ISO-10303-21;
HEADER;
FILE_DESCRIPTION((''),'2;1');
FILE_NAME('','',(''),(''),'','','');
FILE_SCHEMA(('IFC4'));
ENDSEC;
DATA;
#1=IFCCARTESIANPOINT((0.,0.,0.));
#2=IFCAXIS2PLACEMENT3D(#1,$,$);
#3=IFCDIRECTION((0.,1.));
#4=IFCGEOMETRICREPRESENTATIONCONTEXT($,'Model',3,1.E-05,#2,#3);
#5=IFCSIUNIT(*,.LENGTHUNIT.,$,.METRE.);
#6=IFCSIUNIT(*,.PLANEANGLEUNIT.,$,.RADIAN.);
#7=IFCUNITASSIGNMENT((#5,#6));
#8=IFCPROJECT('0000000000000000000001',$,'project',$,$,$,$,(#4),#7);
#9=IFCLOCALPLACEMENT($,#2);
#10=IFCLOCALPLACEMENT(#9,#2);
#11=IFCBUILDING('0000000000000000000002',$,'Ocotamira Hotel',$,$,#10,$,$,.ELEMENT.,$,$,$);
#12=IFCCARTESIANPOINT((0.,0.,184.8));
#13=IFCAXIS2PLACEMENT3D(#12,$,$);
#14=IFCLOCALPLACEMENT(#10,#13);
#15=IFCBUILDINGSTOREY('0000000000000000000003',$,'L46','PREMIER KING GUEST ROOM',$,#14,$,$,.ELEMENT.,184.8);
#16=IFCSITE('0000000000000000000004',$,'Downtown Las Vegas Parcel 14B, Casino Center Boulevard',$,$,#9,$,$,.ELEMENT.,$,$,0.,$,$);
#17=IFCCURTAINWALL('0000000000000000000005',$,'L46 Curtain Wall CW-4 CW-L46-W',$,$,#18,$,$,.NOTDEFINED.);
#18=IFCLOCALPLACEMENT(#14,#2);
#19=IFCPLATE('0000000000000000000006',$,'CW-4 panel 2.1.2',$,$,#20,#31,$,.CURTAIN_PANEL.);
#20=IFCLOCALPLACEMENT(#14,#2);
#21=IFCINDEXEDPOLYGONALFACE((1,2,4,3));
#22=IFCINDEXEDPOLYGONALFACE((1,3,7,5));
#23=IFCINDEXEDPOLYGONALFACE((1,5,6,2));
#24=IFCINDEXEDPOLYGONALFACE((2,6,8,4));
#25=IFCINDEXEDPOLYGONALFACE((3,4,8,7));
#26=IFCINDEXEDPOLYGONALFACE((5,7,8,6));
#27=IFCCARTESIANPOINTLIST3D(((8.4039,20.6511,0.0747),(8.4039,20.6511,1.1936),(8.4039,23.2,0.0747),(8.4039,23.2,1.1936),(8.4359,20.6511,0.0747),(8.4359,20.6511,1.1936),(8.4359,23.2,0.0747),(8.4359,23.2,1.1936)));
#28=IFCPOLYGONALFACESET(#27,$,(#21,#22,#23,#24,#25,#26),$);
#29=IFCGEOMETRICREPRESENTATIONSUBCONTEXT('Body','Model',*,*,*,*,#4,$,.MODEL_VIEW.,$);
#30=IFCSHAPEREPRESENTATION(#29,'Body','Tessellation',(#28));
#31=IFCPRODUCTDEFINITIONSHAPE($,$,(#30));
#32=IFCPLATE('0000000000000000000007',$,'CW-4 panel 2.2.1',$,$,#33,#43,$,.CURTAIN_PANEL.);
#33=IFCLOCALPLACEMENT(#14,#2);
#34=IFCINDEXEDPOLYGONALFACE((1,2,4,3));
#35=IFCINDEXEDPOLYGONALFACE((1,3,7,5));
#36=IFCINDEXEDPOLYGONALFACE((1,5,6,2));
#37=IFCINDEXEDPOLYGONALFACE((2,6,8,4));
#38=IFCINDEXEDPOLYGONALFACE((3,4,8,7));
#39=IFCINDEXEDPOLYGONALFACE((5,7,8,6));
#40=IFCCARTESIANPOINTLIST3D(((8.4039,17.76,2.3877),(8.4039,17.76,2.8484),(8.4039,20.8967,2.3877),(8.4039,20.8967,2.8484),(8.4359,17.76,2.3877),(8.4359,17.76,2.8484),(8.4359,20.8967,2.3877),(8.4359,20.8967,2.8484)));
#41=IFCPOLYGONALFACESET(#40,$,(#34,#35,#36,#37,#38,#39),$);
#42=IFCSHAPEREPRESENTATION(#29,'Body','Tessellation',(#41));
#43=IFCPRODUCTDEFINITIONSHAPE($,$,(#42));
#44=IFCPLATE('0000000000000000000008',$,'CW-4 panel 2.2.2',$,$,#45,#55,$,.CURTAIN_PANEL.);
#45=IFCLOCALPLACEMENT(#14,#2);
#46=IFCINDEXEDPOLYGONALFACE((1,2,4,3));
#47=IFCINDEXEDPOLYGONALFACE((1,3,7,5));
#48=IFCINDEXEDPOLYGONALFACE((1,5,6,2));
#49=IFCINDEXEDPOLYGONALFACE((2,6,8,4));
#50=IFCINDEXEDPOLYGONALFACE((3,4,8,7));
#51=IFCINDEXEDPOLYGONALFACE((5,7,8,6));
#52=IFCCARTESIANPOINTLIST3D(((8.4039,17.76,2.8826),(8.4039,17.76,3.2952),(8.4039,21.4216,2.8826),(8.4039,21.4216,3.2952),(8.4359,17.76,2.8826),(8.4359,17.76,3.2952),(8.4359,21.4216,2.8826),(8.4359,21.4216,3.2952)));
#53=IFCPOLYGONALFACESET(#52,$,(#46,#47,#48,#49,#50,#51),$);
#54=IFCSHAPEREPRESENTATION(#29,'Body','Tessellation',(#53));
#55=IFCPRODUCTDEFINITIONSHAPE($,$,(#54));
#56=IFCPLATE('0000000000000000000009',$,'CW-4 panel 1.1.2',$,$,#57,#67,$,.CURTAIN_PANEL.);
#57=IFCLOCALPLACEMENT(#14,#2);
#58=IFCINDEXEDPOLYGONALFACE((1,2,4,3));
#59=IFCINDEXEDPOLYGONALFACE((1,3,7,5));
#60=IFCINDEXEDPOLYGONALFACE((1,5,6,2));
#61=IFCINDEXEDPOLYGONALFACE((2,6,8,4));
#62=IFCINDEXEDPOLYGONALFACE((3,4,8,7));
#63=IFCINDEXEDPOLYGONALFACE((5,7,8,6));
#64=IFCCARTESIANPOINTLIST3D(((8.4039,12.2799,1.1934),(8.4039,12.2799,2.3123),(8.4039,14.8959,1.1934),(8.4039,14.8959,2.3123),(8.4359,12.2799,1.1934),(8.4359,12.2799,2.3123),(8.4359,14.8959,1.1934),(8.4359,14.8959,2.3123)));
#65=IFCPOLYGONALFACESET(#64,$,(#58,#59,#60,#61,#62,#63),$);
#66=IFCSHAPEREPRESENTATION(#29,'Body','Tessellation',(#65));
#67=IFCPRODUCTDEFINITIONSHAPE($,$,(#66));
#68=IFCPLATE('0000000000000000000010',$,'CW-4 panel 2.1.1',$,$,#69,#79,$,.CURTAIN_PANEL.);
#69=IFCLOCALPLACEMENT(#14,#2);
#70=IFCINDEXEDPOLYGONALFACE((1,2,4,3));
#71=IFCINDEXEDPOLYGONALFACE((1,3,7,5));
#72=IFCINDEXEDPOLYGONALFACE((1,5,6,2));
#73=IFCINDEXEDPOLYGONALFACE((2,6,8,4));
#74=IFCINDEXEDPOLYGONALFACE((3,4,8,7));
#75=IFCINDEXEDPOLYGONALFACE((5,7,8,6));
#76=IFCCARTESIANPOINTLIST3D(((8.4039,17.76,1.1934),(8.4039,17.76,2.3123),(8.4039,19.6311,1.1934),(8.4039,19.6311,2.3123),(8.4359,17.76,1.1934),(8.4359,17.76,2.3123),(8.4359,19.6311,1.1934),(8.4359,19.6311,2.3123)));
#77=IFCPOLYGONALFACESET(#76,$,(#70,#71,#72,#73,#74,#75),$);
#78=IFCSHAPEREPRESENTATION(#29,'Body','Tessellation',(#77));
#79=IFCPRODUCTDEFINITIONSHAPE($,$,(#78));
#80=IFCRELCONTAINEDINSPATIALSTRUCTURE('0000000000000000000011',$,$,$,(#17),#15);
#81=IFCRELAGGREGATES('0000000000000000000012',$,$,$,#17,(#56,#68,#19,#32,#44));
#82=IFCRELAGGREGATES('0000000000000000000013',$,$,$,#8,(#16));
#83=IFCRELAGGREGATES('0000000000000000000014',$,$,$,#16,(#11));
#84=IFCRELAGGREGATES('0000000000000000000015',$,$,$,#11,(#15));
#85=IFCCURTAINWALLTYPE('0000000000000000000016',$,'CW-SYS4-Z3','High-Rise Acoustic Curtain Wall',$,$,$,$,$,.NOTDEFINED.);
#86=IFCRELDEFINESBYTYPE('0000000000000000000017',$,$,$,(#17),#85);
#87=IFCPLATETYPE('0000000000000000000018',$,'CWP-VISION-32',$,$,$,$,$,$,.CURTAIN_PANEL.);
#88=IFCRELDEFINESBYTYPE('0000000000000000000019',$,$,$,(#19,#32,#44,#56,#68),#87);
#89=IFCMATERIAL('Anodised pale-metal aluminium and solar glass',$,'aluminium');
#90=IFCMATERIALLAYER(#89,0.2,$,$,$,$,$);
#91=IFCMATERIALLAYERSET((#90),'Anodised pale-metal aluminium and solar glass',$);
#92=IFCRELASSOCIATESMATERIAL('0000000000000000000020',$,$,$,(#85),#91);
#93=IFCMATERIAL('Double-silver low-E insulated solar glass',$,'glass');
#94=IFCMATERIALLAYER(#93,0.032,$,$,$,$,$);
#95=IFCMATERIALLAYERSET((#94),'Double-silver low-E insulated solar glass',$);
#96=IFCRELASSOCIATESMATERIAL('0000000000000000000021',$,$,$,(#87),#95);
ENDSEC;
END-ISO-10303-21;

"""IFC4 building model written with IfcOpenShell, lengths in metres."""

from ifc_helpers import new_model, si_unit, direction, frame, origin, origin_2d, place, context, subcontext, project, spatial, rectangle, extrude, source, transform, mapped, material, layer, layer_set, type_object, element, aggregate, save


model = new_model("IFC4")

# Units and contexts
model_context = context("Model", 3, precision=1e-05, world=origin(), true_north=direction((0.0, 1.0)))
body_context = subcontext(model_context, "Body", "Model", "MODEL_VIEW")
ifc_project = project(units=[si_unit("LENGTHUNIT", "METRE"), si_unit("PLANEANGLEUNIT", "RADIAN")], contexts=[model_context])

# Site, building, storey
site_placement = place(None, origin())
site = spatial("IfcSite", under=ifc_project, at=site_placement, Name="Downtown Las Vegas Parcel 14B, Casino Center Boulevard", CompositionType="ELEMENT", RefElevation=0.0)
building_placement = place(site_placement, origin())
building = spatial("IfcBuilding", under=site, at=building_placement, Name="Ocotamira Hotel", CompositionType="ELEMENT")
storey_placement = place(building_placement, frame((0.0, 0.0, 184.8)))
storey = spatial("IfcBuildingStorey", under=building, at=storey_placement, Name="L46", Description="PREMIER KING GUEST ROOM", CompositionType="ELEMENT", Elevation=184.8)

# Curtain wall
ifc_material_1 = material(Name="Anodised pale-metal aluminium and solar glass", Category="aluminium")
ifc_layer_1 = layer(ifc_material_1, 0.2)
ifc_layer_set_1 = layer_set([ifc_layer_1], Name="Anodised pale-metal aluminium and solar glass")
curtain_wall_type = type_object("IfcCurtainWallType", Name="CW-SYS4-Z3", Description="High-Rise Acoustic Curtain Wall", PredefinedType="NOTDEFINED", material=ifc_layer_set_1)
curtain_wall_placement = place(storey_placement, origin())
curtain_wall = element("IfcCurtainWall", 1, at=curtain_wall_placement, inside=storey, type_object=curtain_wall_type, Name="L46 Curtain Wall CW-4 CW-L46-W", PredefinedType="NOTDEFINED")

# Plates
ifc_material_2 = material(Name="Double-silver low-E insulated solar glass", Category="glass")
ifc_layer_2 = layer(ifc_material_2, 0.032)
ifc_layer_set_2 = layer_set([ifc_layer_2], Name="Double-silver low-E insulated solar glass")
plate_type_1 = type_object("IfcPlateType", Name="CWP-VISION-32", PredefinedType="CURTAIN_PANEL", material=ifc_layer_set_2)
shared_shape_1 = source(origin(), body_context, "Body", "SweptSolid", [
    extrude(rectangle(XDim=2.5488, YDim=0.032, at=origin_2d()), origin(), (0.0, 0.0, 1.0), 1.1189),
])
plate_1_placement = place(storey_placement, frame((8.4199, 21.9255, 0.0747), z_axis=(0.0, 0.0, 1.0), x_axis=(0.0, 1.0, 0.0)))
plate_1 = element("IfcPlate", 2, at=plate_1_placement, type_object=plate_type_1, Name="CW-4 panel 2.1.2", PredefinedType="CURTAIN_PANEL", context=body_context, shape_type="MappedRepresentation", body=[
    mapped(shared_shape_1, transform((0.0, 0.0, 0.0), scale=1.0)),
])
shared_shape_2 = source(origin(), body_context, "Body", "SweptSolid", [
    extrude(rectangle(XDim=3.1367, YDim=0.032, at=origin_2d()), origin(), (0.0, 0.0, 1.0), 0.4607),
])
plate_2_placement = place(storey_placement, frame((8.4199, 19.3284, 2.3877), z_axis=(0.0, 0.0, 1.0), x_axis=(0.0, 1.0, 0.0)))
plate_2 = element("IfcPlate", 3, at=plate_2_placement, type_object=plate_type_1, Name="CW-4 panel 2.2.1", PredefinedType="CURTAIN_PANEL", context=body_context, shape_type="MappedRepresentation", body=[
    mapped(shared_shape_2, transform((0.0, 0.0, 0.0), scale=1.0)),
])
shared_shape_3 = source(origin(), body_context, "Body", "SweptSolid", [
    extrude(rectangle(XDim=3.6616, YDim=0.032, at=origin_2d()), origin(), (0.0, 0.0, 1.0), 0.4126),
])
plate_3_placement = place(storey_placement, frame((8.4199, 19.5908, 2.8826), z_axis=(0.0, 0.0, 1.0), x_axis=(0.0, 1.0, 0.0)))
plate_3 = element("IfcPlate", 4, at=plate_3_placement, type_object=plate_type_1, Name="CW-4 panel 2.2.2", PredefinedType="CURTAIN_PANEL", context=body_context, shape_type="MappedRepresentation", body=[
    mapped(shared_shape_3, transform((0.0, 0.0, 0.0), scale=1.0)),
])
shared_shape_4 = source(origin(), body_context, "Body", "SweptSolid", [
    extrude(rectangle(XDim=2.616, YDim=0.032, at=origin_2d()), origin(), (0.0, 0.0, 1.0), 1.1189),
])
plate_4_placement = place(storey_placement, frame((8.4199, 13.5879, 1.1934), z_axis=(0.0, 0.0, 1.0), x_axis=(0.0, 1.0, 0.0)))
plate_4 = element("IfcPlate", 5, at=plate_4_placement, type_object=plate_type_1, Name="CW-4 panel 1.1.2", PredefinedType="CURTAIN_PANEL", context=body_context, shape_type="MappedRepresentation", body=[
    mapped(shared_shape_4, transform((0.0, 0.0, 0.0), scale=1.0)),
])
shared_shape_5 = source(origin(), body_context, "Body", "SweptSolid", [
    extrude(rectangle(XDim=1.8711, YDim=0.032, at=origin_2d()), origin(), (0.0, 0.0, 1.0), 1.1189),
])
plate_5_placement = place(storey_placement, frame((8.4199, 18.6956, 1.1934), z_axis=(0.0, 0.0, 1.0), x_axis=(0.0, 1.0, 0.0)))
plate_5 = element("IfcPlate", 6, at=plate_5_placement, type_object=plate_type_1, Name="CW-4 panel 2.1.1", PredefinedType="CURTAIN_PANEL", context=body_context, shape_type="MappedRepresentation", body=[
    mapped(shared_shape_5, transform((0.0, 0.0, 0.0), scale=1.0)),
])
aggregate(curtain_wall, [plate_4, plate_5, plate_1, plate_2, plate_3])

save(model, "model.ifc")
